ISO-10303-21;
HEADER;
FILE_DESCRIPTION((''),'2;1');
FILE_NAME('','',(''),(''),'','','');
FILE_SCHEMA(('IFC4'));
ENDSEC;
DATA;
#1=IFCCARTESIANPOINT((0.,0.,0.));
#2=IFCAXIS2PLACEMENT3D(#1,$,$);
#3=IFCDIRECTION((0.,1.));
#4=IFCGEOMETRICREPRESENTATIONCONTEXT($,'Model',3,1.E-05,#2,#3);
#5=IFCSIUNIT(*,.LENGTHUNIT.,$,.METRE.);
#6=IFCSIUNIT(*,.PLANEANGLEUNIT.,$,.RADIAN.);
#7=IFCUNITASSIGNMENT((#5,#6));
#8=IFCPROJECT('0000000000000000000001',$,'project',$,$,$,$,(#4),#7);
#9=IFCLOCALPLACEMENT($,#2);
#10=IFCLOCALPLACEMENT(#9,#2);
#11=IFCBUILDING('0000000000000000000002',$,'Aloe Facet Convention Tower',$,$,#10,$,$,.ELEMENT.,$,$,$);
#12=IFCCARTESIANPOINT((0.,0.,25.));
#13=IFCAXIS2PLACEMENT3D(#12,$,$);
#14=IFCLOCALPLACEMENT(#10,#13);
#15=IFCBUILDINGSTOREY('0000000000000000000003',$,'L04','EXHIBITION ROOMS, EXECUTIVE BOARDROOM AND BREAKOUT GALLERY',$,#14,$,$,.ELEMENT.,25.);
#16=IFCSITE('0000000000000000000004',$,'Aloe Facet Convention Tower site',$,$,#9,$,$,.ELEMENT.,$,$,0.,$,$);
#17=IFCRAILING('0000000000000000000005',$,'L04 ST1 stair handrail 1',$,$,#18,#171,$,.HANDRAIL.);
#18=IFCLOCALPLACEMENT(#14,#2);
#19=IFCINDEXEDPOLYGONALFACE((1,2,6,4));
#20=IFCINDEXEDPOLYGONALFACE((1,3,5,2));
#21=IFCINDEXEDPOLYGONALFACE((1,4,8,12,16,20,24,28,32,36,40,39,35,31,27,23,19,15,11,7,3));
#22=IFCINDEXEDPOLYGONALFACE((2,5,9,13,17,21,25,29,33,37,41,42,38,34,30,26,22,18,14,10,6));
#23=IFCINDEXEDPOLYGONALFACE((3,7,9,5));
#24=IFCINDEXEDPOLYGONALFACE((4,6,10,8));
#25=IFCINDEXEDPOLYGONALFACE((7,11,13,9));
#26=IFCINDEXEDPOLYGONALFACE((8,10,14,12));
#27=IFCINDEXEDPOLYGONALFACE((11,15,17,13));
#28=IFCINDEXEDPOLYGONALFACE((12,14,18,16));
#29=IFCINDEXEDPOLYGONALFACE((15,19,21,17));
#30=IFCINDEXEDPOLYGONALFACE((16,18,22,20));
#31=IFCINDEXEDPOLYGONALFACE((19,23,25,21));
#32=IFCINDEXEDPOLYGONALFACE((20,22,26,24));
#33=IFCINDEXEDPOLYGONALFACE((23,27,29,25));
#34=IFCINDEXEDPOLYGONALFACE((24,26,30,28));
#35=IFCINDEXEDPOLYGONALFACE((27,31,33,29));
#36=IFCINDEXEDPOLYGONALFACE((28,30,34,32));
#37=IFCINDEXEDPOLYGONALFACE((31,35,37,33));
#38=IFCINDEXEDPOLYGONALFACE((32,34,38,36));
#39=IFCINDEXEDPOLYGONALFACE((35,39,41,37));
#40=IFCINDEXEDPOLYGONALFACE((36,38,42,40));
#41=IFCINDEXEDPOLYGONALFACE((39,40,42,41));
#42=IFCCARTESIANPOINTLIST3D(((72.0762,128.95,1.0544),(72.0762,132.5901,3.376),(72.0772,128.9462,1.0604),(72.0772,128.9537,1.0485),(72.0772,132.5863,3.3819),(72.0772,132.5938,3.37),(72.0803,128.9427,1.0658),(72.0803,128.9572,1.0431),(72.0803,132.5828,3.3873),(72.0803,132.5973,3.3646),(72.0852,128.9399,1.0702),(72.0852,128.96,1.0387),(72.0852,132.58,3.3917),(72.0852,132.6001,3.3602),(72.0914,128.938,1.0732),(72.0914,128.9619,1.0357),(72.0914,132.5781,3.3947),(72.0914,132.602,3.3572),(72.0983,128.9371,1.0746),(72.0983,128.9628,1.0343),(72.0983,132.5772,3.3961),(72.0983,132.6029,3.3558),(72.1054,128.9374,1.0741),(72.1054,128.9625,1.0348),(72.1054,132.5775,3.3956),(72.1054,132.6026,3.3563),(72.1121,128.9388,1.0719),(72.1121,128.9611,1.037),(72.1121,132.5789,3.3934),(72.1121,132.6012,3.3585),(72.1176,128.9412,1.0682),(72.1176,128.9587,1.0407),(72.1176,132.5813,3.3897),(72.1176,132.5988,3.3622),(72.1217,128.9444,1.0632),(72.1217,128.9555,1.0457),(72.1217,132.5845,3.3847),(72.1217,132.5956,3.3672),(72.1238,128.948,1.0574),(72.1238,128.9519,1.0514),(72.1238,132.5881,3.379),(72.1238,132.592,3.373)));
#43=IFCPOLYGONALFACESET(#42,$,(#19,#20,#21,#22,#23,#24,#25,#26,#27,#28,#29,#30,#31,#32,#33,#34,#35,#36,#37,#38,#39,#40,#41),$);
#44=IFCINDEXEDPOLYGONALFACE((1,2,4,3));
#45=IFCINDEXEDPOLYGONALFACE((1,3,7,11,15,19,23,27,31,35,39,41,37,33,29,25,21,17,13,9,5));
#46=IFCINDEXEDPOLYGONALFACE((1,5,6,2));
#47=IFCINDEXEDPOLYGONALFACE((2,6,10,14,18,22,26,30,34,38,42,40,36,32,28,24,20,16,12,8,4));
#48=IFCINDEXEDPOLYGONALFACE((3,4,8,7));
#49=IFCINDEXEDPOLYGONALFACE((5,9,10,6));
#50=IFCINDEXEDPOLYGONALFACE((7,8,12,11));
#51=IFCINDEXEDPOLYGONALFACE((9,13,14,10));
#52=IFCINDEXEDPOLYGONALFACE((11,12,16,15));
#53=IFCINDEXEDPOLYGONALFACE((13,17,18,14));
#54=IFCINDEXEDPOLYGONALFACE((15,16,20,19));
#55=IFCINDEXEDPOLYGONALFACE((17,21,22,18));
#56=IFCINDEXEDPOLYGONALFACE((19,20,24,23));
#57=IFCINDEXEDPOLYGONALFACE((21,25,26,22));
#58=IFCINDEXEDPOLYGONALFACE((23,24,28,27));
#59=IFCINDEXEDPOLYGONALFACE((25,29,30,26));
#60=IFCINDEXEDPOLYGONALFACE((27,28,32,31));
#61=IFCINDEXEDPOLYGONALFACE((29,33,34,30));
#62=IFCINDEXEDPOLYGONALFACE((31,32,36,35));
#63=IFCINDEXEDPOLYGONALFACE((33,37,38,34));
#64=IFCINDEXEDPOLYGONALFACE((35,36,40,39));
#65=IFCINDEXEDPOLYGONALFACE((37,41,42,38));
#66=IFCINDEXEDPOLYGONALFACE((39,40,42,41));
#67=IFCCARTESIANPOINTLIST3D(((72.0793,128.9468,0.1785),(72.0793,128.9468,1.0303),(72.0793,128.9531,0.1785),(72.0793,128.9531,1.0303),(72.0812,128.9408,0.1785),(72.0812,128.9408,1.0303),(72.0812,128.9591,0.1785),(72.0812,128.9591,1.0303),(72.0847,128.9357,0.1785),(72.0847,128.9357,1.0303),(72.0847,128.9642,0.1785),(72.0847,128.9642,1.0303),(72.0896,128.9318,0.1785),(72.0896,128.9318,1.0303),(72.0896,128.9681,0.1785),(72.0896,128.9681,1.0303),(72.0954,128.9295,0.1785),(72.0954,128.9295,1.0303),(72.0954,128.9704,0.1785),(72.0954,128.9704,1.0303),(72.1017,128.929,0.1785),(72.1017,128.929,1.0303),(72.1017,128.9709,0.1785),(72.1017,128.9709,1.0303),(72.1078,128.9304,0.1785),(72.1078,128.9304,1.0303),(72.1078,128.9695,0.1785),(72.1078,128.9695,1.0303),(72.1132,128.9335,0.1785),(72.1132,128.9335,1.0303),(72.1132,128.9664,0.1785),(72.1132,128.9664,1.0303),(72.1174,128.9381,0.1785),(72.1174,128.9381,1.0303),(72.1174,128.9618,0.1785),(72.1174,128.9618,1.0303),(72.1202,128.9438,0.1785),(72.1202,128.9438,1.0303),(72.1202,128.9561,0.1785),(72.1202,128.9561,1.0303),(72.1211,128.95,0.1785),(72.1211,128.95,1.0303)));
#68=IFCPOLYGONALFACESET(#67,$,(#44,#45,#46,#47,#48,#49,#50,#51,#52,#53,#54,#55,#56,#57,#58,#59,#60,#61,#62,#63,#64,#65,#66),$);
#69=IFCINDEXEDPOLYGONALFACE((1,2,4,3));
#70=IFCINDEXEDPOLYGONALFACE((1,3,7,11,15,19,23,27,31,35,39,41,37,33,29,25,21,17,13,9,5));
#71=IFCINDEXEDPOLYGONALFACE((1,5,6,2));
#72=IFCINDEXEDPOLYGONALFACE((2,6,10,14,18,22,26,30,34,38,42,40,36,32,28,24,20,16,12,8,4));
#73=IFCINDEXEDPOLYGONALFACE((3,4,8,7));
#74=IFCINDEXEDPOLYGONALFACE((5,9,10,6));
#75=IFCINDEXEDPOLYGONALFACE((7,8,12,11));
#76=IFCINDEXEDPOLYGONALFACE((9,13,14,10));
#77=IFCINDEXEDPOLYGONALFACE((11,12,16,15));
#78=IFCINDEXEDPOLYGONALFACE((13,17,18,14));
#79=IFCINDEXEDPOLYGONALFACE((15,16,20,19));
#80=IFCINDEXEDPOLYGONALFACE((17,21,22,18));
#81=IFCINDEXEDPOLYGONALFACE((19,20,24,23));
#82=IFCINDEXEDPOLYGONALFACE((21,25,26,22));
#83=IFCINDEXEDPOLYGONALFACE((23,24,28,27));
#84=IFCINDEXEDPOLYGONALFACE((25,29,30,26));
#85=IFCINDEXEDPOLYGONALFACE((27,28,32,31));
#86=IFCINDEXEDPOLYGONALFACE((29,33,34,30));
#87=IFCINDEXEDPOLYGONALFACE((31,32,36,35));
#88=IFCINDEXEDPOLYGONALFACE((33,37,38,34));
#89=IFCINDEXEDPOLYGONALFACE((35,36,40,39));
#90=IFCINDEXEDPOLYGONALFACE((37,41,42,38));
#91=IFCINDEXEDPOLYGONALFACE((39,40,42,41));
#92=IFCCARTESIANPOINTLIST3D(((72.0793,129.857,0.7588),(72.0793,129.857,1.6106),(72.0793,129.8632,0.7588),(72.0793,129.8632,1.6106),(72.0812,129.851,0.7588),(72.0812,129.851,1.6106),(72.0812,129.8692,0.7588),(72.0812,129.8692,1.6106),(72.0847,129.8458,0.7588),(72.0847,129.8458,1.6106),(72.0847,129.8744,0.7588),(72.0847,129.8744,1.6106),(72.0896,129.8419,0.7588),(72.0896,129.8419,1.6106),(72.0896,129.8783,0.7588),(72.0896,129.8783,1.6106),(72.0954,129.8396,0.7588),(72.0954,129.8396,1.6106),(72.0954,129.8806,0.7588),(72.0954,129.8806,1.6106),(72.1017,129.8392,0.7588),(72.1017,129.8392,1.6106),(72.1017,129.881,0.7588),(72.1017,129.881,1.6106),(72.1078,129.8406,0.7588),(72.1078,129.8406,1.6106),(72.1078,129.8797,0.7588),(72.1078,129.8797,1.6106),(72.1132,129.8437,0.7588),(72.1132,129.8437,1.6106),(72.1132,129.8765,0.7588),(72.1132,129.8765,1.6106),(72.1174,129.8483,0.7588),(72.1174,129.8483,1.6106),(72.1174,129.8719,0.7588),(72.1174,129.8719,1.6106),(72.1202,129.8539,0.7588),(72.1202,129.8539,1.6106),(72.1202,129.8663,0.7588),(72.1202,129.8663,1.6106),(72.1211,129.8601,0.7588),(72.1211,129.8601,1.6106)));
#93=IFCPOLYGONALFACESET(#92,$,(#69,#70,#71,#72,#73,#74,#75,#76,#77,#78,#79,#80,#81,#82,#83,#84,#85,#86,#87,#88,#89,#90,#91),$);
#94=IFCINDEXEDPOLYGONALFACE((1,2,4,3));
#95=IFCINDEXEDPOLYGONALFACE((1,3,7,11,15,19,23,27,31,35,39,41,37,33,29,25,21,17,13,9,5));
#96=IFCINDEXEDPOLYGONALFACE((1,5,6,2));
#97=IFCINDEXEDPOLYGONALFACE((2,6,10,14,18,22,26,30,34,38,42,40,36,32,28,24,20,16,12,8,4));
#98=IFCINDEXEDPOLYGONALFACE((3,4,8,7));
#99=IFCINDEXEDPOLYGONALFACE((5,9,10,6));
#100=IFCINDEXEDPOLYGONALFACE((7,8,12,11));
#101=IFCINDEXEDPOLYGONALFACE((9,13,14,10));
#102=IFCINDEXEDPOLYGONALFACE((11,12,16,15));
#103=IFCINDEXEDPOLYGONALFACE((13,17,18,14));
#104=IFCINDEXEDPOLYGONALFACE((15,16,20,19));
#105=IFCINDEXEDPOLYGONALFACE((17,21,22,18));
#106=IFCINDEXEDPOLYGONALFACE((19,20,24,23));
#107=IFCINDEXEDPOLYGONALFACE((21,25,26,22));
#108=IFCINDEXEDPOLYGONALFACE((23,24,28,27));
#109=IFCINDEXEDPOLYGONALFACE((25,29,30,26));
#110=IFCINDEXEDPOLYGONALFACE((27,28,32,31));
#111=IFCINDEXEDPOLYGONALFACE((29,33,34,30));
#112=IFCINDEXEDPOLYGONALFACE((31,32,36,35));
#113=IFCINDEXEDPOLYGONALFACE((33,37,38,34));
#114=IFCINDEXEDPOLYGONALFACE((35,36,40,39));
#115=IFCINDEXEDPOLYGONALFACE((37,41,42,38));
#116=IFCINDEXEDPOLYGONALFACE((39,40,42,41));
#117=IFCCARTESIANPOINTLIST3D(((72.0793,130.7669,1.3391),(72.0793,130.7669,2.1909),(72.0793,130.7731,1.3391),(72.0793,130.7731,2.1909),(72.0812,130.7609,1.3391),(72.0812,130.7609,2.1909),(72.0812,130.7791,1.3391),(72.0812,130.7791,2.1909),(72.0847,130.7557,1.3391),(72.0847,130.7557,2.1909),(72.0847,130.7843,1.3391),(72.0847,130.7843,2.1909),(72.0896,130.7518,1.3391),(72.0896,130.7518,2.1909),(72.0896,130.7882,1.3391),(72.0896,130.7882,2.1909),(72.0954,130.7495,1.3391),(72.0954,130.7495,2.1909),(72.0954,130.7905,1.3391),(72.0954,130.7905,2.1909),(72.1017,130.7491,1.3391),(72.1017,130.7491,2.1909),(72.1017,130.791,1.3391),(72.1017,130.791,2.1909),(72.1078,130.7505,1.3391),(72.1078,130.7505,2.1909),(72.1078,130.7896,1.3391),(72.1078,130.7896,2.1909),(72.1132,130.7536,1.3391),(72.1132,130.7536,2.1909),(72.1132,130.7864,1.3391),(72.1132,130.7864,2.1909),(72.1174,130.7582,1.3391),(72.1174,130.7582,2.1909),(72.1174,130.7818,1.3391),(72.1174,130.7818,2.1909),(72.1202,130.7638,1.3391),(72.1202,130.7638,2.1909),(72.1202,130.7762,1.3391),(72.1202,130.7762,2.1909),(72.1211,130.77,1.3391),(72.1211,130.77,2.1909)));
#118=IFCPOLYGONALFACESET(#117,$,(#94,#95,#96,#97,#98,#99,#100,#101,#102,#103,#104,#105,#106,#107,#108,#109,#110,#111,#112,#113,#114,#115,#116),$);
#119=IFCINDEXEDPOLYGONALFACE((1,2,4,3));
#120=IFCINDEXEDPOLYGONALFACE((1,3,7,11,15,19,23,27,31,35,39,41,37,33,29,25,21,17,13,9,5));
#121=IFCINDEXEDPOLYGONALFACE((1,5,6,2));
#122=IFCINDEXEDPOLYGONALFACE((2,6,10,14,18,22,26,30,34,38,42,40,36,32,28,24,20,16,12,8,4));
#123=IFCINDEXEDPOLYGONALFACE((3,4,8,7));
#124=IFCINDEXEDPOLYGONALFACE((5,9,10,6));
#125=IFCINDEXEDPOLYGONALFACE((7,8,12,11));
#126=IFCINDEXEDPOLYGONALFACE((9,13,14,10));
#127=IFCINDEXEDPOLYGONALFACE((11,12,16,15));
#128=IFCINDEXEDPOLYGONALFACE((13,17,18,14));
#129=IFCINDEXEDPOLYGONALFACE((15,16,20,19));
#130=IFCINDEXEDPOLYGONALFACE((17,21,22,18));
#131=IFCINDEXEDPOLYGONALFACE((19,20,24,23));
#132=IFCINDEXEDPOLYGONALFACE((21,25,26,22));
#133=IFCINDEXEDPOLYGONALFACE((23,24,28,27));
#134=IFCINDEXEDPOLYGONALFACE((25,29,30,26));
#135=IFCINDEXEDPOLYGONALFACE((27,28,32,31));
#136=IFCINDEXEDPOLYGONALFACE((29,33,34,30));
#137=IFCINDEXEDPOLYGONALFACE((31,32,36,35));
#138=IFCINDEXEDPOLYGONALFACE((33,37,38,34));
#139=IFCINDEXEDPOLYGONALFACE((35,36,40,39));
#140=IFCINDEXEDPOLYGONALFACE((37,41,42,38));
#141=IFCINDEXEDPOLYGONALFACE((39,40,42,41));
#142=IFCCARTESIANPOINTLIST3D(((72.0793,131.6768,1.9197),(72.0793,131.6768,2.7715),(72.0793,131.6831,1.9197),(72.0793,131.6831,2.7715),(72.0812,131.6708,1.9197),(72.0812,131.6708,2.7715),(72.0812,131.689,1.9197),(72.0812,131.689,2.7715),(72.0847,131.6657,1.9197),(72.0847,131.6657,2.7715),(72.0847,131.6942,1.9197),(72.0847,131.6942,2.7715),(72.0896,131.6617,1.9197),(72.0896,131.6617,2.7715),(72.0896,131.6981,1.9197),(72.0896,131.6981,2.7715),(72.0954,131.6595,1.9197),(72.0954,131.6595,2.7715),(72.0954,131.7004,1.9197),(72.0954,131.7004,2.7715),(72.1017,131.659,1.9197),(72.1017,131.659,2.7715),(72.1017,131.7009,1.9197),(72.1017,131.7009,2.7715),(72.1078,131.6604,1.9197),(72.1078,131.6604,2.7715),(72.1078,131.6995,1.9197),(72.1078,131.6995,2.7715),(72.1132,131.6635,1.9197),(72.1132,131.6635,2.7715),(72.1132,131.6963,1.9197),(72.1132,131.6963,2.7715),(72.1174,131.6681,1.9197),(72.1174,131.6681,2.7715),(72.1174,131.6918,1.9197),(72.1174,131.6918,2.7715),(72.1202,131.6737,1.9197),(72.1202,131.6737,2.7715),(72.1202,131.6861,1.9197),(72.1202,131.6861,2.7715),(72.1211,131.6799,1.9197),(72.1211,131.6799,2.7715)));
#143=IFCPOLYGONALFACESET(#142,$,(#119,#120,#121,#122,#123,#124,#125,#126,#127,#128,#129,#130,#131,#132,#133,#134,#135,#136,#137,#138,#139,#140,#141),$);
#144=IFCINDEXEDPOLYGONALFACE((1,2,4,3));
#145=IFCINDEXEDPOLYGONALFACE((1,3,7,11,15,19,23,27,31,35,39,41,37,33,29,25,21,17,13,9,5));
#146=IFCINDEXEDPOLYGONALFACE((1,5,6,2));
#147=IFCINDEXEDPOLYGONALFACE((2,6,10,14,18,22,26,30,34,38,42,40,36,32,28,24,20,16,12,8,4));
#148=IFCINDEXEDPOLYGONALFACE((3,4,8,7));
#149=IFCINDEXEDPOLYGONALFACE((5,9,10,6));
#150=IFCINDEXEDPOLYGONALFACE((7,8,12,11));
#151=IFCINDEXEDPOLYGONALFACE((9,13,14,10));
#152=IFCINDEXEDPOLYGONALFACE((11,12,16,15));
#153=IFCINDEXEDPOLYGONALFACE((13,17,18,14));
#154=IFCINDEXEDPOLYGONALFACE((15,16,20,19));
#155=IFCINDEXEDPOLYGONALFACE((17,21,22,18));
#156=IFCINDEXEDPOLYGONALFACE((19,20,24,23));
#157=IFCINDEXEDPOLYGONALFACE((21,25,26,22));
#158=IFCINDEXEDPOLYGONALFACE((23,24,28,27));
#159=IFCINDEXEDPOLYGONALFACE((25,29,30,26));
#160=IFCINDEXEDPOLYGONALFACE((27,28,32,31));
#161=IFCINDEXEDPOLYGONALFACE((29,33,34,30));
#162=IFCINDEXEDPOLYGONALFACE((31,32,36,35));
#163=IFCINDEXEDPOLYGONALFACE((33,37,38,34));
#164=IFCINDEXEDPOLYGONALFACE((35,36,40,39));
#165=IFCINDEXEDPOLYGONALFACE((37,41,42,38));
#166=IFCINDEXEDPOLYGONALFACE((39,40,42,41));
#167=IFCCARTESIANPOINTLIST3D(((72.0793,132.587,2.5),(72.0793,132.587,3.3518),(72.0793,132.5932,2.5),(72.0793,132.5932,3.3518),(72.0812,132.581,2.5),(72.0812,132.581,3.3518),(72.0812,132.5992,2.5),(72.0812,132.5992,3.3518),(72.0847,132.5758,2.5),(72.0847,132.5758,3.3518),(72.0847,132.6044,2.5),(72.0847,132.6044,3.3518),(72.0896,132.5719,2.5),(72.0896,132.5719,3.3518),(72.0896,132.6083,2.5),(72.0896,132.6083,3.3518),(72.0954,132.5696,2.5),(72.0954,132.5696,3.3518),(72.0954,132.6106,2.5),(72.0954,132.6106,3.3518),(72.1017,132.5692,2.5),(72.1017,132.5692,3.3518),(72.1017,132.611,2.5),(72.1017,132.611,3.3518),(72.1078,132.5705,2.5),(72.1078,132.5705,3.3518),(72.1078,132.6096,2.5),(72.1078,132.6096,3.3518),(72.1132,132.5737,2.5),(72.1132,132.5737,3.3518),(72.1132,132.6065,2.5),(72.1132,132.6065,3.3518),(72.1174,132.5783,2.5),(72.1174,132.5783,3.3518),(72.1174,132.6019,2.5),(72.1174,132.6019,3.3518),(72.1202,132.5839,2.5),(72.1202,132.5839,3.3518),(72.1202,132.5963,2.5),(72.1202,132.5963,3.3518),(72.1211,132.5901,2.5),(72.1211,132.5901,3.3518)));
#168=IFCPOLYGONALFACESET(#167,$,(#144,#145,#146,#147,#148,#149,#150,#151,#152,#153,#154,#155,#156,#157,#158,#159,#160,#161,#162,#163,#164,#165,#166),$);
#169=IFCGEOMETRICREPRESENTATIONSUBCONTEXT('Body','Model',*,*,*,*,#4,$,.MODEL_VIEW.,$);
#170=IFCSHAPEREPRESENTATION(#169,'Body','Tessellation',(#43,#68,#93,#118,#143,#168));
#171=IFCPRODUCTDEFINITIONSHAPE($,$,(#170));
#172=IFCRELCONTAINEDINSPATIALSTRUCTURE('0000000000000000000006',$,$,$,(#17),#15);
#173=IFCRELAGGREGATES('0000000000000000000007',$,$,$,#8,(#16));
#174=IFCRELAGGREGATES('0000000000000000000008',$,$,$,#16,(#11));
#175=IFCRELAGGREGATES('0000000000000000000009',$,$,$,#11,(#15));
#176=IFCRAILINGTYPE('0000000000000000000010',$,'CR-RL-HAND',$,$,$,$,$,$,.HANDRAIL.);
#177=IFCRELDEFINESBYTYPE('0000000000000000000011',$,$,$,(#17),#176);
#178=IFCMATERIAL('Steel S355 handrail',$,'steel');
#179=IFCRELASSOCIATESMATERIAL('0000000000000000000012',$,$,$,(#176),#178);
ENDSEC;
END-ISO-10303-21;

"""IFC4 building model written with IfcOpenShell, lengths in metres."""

from ifc_helpers import new_model, si_unit, direction, frame, origin, origin_2d, place, context, subcontext, project, spatial, circle, extrude, material, type_object, element, save


model = new_model("IFC4")

# Units and contexts
model_context = context("Model", 3, precision=1e-05, world=origin(), true_north=direction((0.0, 1.0)))
body_context = subcontext(model_context, "Body", "Model", "MODEL_VIEW")
ifc_project = project(units=[si_unit("LENGTHUNIT", "METRE"), si_unit("PLANEANGLEUNIT", "RADIAN")], contexts=[model_context])

# Site, building, storey
site_placement = place(None, origin())
site = spatial("IfcSite", under=ifc_project, at=site_placement, Name="Aloe Facet Convention Tower site", CompositionType="ELEMENT", RefElevation=0.0)
building_placement = place(site_placement, origin())
building = spatial("IfcBuilding", under=site, at=building_placement, Name="Aloe Facet Convention Tower", CompositionType="ELEMENT")
storey_placement = place(building_placement, frame((0.0, 0.0, 25.0)))
storey = spatial("IfcBuildingStorey", under=building, at=storey_placement, Name="L04", Description="EXHIBITION ROOMS, EXECUTIVE BOARDROOM AND BREAKOUT GALLERY", CompositionType="ELEMENT", Elevation=25.0)

# Railing
ifc_material_1 = material(Name="Steel S355 handrail", Category="steel")
railing_type_1 = type_object("IfcRailingType", Name="CR-RL-HAND", PredefinedType="HANDRAIL", material=ifc_material_1)
railing_1_placement = place(storey_placement, frame((72.1001, 128.95, 0.1785)))
element("IfcRailing", 1, at=railing_1_placement, inside=storey, type_object=railing_type_1, Name="L04 ST1 stair handrail 1", PredefinedType="HANDRAIL", context=body_context, shape_type="SweptSolid", body=[
    extrude(circle(Radius=0.0239, at=origin_2d()), frame((0.0, 0.0, 0.876), z_axis=(0.0, 0.843128, 0.537713), x_axis=(-1.0, 0.0, 0.0)), (0.0, 0.0, 1.0), 4.3174),
    extrude(circle(Radius=0.021, at=origin_2d()), origin(), (0.0, 0.0, 1.0), 0.8518),
    extrude(circle(Radius=0.021, at=origin_2d()), frame((0.0, 0.9102, 0.5803)), (0.0, 0.0, 1.0), 0.8518),
    extrude(circle(Radius=0.021, at=origin_2d()), frame((0.0, 1.8201, 1.1606)), (0.0, 0.0, 1.0), 0.8518),
    extrude(circle(Radius=0.021, at=origin_2d()), frame((0.0, 2.73, 1.7412)), (0.0, 0.0, 1.0), 0.8518),
    extrude(circle(Radius=0.021, at=origin_2d()), frame((0.0, 3.6401, 2.3215)), (0.0, 0.0, 1.0), 0.8518),
])

save(model, "model.ifc")
